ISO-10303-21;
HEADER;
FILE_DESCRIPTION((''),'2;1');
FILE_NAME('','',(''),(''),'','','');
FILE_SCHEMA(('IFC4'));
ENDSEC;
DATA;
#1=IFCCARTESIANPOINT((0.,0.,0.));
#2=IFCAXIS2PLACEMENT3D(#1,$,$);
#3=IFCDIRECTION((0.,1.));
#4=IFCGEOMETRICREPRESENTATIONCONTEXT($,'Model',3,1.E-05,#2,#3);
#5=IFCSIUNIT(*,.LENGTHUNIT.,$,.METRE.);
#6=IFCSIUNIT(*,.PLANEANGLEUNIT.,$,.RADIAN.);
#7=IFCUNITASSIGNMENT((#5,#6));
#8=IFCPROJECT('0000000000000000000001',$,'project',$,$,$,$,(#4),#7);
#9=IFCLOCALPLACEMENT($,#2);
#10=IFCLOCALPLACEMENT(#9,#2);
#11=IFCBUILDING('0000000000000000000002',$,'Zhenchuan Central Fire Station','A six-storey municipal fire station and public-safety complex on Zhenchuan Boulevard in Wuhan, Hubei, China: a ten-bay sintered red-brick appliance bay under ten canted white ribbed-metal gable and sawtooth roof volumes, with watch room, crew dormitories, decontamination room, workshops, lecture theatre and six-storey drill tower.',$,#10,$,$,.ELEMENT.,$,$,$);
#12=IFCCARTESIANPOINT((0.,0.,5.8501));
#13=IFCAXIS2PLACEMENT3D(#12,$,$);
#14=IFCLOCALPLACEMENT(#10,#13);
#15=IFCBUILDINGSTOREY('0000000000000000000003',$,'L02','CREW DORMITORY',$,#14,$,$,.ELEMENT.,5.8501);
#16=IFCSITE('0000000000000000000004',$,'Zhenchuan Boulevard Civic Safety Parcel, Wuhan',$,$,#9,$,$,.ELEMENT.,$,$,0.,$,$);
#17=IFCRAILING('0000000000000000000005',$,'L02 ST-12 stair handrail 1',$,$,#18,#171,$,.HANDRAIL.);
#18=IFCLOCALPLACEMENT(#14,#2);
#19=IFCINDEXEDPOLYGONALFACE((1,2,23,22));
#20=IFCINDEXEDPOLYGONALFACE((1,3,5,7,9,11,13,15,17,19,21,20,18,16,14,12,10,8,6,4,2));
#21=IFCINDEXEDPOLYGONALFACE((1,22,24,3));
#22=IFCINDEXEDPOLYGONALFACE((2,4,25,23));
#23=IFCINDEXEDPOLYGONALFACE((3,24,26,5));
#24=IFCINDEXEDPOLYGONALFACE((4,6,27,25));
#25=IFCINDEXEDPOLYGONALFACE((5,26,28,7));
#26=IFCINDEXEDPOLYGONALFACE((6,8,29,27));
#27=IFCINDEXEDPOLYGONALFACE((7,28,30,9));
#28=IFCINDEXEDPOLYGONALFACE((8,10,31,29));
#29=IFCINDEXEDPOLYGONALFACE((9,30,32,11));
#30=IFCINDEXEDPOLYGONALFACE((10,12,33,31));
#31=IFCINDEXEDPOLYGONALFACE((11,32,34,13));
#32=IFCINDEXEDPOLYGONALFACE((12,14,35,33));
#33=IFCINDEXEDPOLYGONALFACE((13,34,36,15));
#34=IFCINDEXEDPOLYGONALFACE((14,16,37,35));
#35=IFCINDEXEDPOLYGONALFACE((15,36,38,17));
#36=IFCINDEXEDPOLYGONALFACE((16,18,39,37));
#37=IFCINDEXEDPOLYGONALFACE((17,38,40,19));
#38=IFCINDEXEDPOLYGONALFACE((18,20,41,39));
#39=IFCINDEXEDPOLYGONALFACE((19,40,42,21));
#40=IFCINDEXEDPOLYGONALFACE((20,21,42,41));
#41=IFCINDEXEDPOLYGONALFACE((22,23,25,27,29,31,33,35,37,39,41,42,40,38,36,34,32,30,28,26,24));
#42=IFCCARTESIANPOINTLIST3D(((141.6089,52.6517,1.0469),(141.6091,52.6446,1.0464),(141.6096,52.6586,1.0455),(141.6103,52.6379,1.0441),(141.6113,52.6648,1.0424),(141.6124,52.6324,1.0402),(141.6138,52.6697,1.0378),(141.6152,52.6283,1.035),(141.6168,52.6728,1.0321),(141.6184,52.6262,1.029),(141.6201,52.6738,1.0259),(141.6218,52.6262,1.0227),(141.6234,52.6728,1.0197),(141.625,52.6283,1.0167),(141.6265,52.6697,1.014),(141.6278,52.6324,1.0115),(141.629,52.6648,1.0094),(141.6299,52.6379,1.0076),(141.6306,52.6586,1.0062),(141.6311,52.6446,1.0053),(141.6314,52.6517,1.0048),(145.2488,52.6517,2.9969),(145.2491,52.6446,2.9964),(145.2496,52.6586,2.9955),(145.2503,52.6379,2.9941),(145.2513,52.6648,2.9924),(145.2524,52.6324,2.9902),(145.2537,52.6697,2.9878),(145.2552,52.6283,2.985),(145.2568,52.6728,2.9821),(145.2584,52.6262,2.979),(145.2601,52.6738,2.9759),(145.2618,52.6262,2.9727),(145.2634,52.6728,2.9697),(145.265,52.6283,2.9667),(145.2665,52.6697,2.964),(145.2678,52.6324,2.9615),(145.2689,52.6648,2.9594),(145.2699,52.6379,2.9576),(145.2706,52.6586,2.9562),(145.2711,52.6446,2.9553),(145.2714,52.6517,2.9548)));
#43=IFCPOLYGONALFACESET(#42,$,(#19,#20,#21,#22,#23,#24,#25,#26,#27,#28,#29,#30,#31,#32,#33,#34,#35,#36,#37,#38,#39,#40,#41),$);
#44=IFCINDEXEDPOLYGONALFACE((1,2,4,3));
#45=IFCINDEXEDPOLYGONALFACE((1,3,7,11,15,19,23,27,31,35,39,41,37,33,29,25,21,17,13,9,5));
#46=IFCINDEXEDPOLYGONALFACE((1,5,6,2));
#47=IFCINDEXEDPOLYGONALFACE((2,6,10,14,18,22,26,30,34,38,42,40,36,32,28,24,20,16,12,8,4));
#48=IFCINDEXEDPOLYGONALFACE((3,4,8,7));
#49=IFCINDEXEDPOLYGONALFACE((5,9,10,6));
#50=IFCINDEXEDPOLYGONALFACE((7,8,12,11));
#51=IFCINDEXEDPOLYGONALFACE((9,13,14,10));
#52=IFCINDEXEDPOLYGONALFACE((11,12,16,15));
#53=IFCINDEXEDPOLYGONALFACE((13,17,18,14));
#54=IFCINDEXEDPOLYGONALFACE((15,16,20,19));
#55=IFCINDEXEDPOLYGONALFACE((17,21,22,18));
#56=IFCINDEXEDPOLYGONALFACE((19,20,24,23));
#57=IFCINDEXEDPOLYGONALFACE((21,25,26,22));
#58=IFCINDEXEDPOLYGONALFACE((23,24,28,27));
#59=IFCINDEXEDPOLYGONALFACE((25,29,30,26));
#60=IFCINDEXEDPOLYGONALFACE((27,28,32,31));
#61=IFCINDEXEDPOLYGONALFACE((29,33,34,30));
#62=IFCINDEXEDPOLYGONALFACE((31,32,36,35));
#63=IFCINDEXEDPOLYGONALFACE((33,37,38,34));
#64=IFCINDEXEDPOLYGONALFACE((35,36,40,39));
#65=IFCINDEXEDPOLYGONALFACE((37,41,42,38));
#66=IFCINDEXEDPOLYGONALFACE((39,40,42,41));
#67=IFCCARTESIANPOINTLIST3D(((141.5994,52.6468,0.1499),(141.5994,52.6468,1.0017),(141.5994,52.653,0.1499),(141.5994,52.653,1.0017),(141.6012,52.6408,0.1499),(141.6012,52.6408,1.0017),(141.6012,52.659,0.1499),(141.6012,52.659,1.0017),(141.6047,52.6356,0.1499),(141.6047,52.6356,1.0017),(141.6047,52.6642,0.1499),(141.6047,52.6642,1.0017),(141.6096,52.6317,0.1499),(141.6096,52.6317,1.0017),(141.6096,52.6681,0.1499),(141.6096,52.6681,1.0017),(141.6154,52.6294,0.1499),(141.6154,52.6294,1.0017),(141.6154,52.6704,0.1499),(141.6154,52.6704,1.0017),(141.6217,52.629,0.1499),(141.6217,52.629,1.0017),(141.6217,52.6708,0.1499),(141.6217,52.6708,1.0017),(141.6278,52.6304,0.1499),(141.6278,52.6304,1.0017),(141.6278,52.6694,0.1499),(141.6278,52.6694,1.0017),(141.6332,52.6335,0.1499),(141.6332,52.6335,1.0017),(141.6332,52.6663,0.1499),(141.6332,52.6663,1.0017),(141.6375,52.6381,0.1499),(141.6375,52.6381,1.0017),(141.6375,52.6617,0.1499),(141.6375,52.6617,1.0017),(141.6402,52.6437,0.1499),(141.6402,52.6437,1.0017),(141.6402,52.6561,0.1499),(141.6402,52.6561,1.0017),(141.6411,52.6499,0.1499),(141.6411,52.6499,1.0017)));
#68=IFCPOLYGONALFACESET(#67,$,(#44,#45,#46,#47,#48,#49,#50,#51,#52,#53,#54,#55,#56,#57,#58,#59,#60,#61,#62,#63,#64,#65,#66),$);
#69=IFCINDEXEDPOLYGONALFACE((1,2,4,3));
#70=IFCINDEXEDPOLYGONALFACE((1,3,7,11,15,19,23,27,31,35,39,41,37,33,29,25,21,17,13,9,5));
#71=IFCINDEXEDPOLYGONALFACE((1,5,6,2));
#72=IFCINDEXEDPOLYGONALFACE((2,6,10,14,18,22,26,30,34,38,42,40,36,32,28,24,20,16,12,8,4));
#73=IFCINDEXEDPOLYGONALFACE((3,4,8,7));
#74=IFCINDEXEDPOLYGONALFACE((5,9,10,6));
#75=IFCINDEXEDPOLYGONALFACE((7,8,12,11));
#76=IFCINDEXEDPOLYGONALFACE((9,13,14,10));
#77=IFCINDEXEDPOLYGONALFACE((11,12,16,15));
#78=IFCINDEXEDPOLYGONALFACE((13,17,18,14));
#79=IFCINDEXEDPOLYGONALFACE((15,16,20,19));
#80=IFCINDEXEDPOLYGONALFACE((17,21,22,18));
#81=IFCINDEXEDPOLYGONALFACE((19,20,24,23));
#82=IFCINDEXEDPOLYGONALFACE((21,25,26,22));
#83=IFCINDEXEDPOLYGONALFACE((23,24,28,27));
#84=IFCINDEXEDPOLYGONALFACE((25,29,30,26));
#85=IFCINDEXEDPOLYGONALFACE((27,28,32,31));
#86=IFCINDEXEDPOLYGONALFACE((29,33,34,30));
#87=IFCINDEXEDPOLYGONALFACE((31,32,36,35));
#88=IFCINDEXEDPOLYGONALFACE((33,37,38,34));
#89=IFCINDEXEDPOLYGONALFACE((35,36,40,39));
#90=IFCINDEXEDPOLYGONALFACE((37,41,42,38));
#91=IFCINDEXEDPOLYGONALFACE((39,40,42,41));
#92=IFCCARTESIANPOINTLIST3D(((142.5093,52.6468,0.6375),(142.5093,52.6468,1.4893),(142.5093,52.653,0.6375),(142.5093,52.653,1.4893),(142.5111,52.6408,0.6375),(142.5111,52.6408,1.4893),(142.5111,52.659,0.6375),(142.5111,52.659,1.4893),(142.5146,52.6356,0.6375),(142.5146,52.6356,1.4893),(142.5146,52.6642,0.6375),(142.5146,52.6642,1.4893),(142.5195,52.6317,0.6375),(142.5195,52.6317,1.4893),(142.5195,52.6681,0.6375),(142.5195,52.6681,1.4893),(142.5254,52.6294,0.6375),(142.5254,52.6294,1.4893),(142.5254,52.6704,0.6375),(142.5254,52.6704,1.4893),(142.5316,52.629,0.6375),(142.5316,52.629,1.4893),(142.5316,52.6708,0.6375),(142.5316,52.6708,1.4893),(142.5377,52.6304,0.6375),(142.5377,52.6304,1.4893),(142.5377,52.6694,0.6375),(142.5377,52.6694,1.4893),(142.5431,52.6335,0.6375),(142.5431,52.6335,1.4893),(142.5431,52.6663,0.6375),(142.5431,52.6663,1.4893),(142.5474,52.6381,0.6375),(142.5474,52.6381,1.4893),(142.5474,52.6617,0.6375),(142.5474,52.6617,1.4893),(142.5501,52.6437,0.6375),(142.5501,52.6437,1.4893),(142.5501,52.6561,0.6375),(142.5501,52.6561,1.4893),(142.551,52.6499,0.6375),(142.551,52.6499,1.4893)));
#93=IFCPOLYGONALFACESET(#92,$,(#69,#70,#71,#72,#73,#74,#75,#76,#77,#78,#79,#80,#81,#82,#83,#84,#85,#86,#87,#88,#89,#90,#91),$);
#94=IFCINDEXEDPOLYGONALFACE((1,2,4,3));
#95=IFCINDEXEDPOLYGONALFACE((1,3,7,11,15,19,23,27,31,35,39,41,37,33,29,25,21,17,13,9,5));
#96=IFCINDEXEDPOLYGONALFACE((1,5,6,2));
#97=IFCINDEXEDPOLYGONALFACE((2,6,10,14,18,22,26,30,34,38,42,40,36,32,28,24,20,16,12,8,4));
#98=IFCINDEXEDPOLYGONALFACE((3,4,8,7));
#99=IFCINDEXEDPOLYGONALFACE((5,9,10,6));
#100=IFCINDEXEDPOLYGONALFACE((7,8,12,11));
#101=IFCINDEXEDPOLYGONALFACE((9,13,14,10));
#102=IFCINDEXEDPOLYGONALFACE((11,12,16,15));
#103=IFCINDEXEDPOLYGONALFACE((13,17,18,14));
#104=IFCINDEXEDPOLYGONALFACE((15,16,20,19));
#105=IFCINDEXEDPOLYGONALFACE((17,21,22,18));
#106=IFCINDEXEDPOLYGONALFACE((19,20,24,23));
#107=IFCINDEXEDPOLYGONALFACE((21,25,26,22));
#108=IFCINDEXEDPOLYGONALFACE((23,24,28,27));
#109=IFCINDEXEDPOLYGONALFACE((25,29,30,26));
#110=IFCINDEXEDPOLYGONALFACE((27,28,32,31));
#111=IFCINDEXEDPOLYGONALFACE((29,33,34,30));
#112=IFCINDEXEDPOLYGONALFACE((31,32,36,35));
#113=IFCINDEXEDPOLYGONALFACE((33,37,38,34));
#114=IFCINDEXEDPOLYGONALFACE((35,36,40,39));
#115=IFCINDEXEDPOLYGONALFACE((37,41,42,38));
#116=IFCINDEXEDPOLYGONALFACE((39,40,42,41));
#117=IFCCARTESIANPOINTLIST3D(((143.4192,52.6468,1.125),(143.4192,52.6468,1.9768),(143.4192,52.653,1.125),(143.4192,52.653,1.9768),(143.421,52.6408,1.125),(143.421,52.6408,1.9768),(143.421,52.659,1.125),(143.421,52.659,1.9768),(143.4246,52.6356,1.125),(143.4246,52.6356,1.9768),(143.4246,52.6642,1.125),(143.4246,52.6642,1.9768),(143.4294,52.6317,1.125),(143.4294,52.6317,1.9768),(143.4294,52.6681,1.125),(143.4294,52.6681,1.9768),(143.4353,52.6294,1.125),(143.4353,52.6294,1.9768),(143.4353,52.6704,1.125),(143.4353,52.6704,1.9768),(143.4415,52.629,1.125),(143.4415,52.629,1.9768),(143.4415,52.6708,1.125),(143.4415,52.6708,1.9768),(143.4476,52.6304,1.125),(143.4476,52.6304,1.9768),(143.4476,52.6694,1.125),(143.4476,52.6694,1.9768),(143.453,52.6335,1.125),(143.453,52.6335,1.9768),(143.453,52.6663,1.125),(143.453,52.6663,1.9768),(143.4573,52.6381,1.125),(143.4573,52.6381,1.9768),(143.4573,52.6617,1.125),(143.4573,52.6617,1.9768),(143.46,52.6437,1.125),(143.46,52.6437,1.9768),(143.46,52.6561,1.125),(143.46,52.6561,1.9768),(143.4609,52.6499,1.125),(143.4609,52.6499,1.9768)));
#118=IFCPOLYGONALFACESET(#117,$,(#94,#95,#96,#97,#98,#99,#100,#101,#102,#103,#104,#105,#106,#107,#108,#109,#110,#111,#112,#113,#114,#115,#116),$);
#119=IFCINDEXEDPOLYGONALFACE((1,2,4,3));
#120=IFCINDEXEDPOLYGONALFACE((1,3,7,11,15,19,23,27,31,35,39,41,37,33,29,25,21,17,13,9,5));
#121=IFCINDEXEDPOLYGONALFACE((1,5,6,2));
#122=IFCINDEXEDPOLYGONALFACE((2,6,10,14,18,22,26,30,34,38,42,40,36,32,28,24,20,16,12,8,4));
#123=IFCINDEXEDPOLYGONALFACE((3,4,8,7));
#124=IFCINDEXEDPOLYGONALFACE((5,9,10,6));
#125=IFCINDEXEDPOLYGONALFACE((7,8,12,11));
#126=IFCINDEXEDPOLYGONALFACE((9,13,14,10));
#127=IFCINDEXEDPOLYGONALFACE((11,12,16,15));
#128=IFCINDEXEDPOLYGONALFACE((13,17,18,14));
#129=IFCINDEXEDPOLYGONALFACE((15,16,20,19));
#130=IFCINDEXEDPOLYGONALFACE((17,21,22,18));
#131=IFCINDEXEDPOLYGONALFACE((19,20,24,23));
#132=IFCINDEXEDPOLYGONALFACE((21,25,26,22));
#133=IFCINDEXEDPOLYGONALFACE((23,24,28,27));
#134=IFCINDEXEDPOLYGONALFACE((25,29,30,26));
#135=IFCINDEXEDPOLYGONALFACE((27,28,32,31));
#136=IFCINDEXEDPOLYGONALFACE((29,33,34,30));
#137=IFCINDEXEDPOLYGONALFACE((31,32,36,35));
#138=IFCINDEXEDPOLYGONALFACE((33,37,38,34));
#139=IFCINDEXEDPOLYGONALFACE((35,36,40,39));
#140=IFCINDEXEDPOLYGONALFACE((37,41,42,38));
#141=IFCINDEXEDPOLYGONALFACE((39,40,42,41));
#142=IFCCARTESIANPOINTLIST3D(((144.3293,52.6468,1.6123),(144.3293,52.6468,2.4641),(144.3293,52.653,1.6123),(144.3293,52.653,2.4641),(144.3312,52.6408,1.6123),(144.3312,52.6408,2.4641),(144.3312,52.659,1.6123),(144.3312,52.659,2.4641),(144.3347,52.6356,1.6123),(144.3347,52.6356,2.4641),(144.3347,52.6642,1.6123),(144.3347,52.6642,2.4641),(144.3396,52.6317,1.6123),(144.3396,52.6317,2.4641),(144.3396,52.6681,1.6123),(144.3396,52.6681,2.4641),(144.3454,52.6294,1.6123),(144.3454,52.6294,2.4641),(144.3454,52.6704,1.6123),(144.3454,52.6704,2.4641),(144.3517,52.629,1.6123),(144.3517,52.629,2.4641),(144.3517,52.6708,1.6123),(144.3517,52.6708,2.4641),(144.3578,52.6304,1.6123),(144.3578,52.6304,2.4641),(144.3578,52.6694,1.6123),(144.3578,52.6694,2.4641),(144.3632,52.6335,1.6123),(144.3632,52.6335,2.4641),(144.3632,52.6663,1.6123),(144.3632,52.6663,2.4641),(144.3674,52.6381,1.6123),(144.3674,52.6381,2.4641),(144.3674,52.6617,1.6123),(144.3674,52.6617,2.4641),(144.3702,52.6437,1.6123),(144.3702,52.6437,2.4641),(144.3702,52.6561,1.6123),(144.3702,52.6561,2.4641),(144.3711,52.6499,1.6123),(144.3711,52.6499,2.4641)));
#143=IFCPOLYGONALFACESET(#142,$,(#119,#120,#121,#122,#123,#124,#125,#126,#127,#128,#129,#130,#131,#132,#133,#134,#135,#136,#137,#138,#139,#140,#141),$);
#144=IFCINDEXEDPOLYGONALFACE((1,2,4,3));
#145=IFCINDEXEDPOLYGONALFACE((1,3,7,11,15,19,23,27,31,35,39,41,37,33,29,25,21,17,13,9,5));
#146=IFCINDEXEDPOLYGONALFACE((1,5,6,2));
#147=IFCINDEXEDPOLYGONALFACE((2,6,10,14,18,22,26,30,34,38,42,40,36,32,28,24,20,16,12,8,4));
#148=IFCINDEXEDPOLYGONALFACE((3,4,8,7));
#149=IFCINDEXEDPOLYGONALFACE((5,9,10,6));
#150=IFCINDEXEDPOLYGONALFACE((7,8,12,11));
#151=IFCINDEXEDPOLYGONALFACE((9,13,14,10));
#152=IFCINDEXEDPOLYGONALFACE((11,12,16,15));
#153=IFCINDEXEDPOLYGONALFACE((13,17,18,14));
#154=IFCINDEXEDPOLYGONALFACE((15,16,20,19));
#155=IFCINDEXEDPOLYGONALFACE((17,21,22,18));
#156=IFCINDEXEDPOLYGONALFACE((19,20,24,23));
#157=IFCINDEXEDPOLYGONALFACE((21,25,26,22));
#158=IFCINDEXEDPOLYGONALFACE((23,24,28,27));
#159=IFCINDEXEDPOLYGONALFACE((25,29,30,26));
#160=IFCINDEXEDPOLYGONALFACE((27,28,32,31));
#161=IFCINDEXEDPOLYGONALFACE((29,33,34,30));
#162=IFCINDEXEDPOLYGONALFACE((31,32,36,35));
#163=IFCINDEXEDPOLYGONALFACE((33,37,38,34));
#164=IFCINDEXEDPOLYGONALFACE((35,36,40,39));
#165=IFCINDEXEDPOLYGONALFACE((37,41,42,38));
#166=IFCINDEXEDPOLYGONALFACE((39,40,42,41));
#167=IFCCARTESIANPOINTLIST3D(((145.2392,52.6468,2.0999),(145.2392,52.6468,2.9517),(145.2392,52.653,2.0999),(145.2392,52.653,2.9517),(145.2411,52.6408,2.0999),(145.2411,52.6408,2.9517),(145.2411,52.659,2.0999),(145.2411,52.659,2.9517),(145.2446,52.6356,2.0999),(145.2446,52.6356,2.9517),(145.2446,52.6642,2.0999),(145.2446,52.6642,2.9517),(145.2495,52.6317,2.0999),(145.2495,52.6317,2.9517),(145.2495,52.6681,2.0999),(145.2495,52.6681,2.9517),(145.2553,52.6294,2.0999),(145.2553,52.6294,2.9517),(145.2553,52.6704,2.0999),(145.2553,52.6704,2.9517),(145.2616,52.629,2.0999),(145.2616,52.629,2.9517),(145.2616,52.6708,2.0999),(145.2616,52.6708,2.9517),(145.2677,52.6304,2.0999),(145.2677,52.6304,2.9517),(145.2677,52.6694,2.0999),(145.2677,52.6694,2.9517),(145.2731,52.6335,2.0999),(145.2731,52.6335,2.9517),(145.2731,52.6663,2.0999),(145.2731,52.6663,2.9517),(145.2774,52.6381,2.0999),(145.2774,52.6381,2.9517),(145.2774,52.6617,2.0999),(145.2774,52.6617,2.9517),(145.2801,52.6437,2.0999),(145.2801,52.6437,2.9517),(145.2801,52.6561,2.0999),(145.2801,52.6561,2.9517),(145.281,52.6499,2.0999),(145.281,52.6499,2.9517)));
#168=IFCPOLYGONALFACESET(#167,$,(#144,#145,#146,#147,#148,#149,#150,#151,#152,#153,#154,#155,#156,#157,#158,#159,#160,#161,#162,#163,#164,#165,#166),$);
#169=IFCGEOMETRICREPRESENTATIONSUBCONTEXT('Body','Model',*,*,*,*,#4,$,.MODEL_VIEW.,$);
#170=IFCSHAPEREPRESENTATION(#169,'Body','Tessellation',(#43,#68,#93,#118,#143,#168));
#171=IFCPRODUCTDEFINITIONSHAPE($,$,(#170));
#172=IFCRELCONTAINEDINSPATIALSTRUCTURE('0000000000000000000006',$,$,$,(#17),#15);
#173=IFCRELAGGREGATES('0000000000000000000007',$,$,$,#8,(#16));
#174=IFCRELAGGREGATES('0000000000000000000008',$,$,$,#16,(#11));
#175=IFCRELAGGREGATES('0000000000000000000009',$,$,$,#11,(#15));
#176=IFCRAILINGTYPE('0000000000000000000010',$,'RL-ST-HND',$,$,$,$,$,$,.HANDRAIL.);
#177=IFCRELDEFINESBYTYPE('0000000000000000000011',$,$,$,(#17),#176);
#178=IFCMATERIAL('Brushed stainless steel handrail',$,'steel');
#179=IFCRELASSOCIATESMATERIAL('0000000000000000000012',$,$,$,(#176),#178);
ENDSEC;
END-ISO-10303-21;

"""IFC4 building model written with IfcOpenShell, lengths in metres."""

from ifc_helpers import new_model, si_unit, direction, frame, origin, origin_2d, place, context, subcontext, project, spatial, circle, extrude, material, type_object, element, save


model = new_model("IFC4")

# Units and contexts
model_context = context("Model", 3, precision=1e-05, world=origin(), true_north=direction((0.0, 1.0)))
body_context = subcontext(model_context, "Body", "Model", "MODEL_VIEW")
ifc_project = project(units=[si_unit("LENGTHUNIT", "METRE"), si_unit("PLANEANGLEUNIT", "RADIAN")], contexts=[model_context])

# Site, building, storey
site_placement = place(None, origin())
site = spatial("IfcSite", under=ifc_project, at=site_placement, Name="Zhenchuan Boulevard Civic Safety Parcel, Wuhan", CompositionType="ELEMENT", RefElevation=0.0)
building_placement = place(site_placement, origin())
building = spatial("IfcBuilding", under=site, at=building_placement, Name="Zhenchuan Central Fire Station", Description="A six-storey municipal fire station and public-safety complex on Zhenchuan Boulevard in Wuhan, Hubei, China: a ten-bay sintered red-brick appliance bay under ten canted white ribbed-metal gable and sawtooth roof volumes, with watch room, crew dormitories, decontamination room, workshops, lecture theatre and six-storey drill tower.", CompositionType="ELEMENT")
storey_placement = place(building_placement, frame((0.0, 0.0, 5.8501)))
storey = spatial("IfcBuildingStorey", under=building, at=storey_placement, Name="L02", Description="CREW DORMITORY", CompositionType="ELEMENT", Elevation=5.8501)

# Railing
ifc_material_1 = material(Name="Brushed stainless steel handrail", Category="steel")
railing_type_1 = type_object("IfcRailingType", Name="RL-ST-HND", PredefinedType="HANDRAIL", material=ifc_material_1)
railing_1_placement = place(storey_placement, frame((141.6201, 52.6499, 0.1499)))
element("IfcRailing", 1, at=railing_1_placement, inside=storey, type_object=railing_type_1, Name="L02 ST-12 stair handrail 1", PredefinedType="HANDRAIL", context=body_context, shape_type="SweptSolid", body=[
    extrude(circle(Radius=0.0239, at=origin_2d()), frame((0.0, 0.0, 0.876), z_axis=(0.881479, 0.0, 0.472223), x_axis=(0.0, 1.0, 0.0)), (0.0, 0.0, 1.0), 4.1294),
    extrude(circle(Radius=0.021, at=origin_2d()), origin(), (0.0, 0.0, 1.0), 0.8518),
    extrude(circle(Radius=0.021, at=origin_2d()), frame((0.9099, 0.0, 0.4875)), (0.0, 0.0, 1.0), 0.8518),
    extrude(circle(Radius=0.021, at=origin_2d()), frame((1.8198, 0.0, 0.9751)), (0.0, 0.0, 1.0), 0.8518),
    extrude(circle(Radius=0.021, at=origin_2d()), frame((2.73, 0.0, 1.4624)), (0.0, 0.0, 1.0), 0.8518),
    extrude(circle(Radius=0.021, at=origin_2d()), frame((3.6399, 0.0, 1.95)), (0.0, 0.0, 1.0), 0.8518),
])

save(model, "model.ifc")
